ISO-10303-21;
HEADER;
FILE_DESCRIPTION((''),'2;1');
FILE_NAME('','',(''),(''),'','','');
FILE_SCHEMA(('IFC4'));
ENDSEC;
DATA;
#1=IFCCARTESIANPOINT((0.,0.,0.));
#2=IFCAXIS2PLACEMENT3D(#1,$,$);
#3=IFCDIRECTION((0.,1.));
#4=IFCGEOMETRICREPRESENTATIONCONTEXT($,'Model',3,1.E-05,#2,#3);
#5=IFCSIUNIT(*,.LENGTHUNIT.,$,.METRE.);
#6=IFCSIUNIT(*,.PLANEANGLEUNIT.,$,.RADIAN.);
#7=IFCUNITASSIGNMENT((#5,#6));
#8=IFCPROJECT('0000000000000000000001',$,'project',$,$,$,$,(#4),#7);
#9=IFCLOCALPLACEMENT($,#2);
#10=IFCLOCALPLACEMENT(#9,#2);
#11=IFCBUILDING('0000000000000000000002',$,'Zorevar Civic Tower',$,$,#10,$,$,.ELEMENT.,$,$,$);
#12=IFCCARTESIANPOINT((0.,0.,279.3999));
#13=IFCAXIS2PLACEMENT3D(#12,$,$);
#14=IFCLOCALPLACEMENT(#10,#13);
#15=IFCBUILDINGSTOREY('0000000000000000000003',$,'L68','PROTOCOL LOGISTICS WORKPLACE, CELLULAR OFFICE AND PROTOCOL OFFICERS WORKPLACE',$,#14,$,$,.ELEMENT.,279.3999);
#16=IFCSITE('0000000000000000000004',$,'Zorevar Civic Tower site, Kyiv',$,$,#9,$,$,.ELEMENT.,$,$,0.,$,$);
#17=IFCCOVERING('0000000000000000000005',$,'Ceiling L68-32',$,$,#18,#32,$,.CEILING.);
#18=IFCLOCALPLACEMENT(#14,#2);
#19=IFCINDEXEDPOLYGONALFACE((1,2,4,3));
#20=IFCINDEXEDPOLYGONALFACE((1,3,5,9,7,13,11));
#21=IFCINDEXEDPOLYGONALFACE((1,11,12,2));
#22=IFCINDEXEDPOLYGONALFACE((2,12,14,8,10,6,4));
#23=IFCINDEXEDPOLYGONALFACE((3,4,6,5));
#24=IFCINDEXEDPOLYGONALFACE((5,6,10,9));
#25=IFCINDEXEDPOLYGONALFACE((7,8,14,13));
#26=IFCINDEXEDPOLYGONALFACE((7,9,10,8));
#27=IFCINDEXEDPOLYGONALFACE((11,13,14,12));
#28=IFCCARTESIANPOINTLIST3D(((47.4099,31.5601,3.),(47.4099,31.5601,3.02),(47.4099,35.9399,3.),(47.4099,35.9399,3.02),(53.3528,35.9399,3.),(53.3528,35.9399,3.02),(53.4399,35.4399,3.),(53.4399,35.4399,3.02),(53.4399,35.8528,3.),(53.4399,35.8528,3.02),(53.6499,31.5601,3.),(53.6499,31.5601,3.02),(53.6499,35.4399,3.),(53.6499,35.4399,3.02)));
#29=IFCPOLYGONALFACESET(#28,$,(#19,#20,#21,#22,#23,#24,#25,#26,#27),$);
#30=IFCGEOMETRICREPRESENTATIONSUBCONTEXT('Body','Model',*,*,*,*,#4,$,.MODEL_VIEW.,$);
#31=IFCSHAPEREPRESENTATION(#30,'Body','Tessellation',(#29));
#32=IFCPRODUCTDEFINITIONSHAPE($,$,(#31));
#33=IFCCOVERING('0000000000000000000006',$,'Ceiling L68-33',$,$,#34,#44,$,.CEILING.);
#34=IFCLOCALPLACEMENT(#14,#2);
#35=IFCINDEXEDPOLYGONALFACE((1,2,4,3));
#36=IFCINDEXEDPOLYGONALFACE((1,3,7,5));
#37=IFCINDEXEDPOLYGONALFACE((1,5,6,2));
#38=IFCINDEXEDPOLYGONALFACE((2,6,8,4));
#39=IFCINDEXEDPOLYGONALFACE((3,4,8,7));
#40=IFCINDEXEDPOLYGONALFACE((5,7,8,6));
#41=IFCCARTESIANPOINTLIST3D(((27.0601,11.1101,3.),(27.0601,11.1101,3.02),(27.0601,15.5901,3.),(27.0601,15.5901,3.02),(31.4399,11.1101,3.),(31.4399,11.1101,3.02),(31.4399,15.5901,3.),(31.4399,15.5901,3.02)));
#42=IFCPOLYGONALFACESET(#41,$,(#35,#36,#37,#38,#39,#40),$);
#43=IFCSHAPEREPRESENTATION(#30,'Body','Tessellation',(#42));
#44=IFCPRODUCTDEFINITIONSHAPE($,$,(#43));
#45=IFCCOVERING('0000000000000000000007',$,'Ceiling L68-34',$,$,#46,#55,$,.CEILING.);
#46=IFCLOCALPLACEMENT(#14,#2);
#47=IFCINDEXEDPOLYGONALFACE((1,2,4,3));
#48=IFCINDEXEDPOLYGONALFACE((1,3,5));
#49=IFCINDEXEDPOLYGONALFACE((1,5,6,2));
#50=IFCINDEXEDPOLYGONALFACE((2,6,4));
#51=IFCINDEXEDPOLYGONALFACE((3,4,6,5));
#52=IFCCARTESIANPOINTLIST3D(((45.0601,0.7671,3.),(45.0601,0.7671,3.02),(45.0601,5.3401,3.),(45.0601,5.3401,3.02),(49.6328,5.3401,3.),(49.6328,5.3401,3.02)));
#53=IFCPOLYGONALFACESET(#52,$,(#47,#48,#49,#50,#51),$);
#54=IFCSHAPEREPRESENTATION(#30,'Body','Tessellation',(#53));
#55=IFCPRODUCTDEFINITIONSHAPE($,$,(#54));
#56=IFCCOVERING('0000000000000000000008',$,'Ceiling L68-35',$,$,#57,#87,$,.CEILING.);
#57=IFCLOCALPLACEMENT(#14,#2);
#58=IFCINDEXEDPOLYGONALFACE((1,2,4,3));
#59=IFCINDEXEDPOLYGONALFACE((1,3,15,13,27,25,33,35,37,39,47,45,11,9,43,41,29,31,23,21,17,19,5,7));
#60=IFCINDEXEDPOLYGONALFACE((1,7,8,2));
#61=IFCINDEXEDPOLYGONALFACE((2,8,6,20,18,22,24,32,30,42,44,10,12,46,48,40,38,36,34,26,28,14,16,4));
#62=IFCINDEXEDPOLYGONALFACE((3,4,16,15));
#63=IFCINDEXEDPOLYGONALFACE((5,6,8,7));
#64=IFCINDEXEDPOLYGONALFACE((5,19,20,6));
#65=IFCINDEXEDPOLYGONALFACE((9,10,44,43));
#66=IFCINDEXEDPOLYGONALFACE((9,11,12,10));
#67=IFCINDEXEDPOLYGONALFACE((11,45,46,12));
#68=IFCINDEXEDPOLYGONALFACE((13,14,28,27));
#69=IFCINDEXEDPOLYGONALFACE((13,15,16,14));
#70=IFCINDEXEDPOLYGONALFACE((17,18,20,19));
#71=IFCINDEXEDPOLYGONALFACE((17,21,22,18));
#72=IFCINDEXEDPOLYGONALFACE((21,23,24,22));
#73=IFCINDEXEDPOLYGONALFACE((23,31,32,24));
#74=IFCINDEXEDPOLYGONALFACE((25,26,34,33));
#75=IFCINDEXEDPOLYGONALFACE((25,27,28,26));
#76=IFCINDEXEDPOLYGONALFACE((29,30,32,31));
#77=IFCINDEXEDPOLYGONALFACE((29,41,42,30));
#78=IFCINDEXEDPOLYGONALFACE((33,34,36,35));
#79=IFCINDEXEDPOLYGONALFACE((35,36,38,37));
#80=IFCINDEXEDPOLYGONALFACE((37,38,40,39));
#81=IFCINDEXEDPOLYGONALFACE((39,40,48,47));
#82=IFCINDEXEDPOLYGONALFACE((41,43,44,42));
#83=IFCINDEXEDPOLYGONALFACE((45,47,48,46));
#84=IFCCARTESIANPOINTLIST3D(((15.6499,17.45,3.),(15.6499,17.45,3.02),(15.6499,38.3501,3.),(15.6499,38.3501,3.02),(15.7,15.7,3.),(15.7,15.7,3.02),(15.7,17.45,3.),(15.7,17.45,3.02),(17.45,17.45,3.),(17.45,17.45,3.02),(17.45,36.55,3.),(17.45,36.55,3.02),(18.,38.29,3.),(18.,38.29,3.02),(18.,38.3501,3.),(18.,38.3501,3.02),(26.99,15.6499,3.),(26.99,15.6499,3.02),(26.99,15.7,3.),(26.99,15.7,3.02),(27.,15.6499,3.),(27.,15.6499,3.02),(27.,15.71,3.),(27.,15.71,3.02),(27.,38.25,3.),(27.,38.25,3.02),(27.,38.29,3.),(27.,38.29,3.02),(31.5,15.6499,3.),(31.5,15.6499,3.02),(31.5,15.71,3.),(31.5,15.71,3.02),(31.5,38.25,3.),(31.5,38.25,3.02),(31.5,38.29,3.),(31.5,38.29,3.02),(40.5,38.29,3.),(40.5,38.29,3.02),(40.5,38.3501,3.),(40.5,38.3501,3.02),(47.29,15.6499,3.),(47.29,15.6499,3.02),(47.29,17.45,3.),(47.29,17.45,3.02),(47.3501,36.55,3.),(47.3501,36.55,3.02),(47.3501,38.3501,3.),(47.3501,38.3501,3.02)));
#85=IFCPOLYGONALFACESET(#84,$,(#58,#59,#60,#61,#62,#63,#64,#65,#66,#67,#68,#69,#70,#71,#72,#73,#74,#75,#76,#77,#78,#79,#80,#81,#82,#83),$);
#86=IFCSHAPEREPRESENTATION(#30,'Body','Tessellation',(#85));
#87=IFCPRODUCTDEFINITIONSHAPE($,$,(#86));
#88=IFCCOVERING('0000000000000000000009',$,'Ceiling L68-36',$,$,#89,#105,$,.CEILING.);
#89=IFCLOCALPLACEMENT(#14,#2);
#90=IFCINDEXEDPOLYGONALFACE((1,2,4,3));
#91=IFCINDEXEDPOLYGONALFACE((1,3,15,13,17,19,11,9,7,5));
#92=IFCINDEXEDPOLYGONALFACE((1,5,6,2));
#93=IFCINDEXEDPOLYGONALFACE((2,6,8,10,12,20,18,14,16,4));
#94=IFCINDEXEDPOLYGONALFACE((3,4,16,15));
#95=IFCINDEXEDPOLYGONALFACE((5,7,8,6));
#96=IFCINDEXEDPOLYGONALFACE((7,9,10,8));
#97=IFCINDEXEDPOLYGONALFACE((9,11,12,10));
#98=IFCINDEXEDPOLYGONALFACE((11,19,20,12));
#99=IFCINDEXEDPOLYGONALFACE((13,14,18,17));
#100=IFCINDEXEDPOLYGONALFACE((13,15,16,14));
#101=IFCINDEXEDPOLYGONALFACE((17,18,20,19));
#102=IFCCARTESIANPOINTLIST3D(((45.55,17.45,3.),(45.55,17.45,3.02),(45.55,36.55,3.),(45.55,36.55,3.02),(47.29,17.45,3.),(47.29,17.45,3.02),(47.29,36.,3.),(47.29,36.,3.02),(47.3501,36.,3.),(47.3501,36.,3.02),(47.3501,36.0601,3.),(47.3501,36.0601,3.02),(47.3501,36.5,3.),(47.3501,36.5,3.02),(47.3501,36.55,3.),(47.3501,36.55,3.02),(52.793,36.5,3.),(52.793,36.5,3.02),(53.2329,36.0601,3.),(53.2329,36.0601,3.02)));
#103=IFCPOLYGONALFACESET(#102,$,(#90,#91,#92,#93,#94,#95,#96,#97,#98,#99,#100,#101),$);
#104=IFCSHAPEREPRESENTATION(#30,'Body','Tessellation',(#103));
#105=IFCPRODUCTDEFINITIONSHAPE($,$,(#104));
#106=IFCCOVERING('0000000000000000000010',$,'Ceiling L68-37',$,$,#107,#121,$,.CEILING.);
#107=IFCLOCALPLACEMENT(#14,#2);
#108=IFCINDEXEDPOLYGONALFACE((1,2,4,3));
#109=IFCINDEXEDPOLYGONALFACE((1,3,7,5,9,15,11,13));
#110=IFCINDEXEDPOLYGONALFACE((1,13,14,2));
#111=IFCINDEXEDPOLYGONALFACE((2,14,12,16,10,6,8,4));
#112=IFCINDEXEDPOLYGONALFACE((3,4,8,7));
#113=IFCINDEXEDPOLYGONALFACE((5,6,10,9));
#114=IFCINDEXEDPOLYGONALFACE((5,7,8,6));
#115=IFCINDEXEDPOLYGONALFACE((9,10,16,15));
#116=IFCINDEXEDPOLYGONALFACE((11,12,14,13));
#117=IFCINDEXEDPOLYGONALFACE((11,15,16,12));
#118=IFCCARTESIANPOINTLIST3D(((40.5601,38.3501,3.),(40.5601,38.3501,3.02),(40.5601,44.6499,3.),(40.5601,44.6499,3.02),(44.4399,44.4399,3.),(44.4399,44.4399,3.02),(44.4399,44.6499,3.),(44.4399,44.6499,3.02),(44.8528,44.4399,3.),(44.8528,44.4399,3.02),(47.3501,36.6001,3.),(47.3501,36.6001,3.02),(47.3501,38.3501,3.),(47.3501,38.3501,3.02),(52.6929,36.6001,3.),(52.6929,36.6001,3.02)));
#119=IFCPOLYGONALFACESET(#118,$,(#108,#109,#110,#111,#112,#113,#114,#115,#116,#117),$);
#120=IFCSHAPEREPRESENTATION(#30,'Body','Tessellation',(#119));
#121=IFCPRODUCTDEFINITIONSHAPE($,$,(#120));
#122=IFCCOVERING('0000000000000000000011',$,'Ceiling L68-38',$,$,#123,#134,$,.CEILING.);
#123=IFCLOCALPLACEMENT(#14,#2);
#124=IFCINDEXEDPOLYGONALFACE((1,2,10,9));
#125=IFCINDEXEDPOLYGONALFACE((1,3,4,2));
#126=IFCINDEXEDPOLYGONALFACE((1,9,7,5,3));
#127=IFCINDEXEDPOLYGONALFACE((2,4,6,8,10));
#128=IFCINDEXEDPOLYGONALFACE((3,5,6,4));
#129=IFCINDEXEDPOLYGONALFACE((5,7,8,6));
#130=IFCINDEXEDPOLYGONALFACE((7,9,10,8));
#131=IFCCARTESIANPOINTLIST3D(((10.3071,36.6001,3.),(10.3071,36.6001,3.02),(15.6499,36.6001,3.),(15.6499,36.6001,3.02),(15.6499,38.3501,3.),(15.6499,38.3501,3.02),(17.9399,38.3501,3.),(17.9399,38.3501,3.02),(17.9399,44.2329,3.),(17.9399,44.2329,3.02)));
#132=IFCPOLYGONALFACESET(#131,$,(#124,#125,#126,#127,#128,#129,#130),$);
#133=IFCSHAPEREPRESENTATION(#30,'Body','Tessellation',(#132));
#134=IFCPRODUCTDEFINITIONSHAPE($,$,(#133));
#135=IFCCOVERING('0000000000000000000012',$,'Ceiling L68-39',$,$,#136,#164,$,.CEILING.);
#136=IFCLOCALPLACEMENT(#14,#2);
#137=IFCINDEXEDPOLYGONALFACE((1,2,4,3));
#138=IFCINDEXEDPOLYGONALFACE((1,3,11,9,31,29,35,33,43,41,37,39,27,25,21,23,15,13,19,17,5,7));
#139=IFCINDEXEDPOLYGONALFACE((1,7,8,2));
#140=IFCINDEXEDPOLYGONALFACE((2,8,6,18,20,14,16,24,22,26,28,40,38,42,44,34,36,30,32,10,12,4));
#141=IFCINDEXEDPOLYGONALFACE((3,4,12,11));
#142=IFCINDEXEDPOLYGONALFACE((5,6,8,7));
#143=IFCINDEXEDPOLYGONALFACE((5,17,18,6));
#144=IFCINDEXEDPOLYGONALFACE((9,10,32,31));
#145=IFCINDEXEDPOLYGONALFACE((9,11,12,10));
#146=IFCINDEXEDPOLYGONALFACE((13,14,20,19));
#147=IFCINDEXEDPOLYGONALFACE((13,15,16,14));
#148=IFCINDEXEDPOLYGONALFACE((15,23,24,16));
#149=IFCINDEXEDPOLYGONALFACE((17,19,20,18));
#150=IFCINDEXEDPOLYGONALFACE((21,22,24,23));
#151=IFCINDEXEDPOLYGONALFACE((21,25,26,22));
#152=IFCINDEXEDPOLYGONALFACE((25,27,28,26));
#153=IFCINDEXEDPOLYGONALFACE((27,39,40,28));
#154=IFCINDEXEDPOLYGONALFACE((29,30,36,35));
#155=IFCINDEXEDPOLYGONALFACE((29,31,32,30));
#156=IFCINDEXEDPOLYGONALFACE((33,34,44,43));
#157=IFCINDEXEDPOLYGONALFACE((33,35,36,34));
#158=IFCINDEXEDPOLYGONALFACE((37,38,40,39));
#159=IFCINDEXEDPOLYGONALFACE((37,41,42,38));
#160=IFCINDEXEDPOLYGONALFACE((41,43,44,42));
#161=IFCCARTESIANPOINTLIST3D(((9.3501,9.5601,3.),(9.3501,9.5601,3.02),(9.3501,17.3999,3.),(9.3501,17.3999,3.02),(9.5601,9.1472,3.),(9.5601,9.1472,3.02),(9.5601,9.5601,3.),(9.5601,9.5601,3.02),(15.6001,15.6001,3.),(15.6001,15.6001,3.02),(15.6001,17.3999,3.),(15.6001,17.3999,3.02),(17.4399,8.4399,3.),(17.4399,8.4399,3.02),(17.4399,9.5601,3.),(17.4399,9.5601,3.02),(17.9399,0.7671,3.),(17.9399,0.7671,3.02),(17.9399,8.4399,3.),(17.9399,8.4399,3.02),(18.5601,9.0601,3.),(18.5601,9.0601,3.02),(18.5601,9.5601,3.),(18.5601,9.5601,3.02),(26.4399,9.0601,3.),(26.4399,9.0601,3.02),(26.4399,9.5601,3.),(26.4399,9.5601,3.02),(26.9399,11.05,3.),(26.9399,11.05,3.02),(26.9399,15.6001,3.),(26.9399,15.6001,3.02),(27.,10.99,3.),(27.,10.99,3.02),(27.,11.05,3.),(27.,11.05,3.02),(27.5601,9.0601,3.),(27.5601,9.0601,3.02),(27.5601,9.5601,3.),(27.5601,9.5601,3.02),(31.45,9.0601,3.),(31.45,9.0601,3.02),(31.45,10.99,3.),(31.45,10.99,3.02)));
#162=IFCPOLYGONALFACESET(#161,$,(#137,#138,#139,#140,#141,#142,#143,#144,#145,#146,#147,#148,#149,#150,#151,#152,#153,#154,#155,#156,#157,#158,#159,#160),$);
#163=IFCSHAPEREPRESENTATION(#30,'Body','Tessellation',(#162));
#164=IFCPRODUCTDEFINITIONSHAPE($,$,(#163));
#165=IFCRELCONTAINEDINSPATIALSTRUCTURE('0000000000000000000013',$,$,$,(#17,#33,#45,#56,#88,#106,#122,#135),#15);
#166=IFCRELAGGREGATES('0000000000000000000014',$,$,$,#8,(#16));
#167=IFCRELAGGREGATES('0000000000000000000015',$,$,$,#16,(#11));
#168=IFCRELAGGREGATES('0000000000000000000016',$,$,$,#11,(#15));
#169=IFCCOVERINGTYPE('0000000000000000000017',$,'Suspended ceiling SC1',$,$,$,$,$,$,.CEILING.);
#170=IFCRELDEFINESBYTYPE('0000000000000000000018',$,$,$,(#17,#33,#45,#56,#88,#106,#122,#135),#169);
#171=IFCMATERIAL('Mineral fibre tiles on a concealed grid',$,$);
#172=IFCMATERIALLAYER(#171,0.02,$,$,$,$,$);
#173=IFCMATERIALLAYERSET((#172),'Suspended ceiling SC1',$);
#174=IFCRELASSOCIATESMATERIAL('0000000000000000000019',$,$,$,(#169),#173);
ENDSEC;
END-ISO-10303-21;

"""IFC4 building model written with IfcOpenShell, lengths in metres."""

from ifc_helpers import new_model, si_unit, direction, frame, origin, place, context, subcontext, project, spatial, polyline, outline, extrude, material, layer, layer_set, type_object, element, save


model = new_model("IFC4")

# Units and contexts
model_context = context("Model", 3, precision=1e-05, world=origin(), true_north=direction((0.0, 1.0)))
body_context = subcontext(model_context, "Body", "Model", "MODEL_VIEW")
ifc_project = project(units=[si_unit("LENGTHUNIT", "METRE"), si_unit("PLANEANGLEUNIT", "RADIAN")], contexts=[model_context])

# Site, building, storey
site_placement = place(None, origin())
site = spatial("IfcSite", under=ifc_project, at=site_placement, Name="Zorevar Civic Tower site, Kyiv", CompositionType="ELEMENT", RefElevation=0.0)
building_placement = place(site_placement, origin())
building = spatial("IfcBuilding", under=site, at=building_placement, Name="Zorevar Civic Tower", CompositionType="ELEMENT")
storey_placement = place(building_placement, frame((0.0, 0.0, 279.3999)))
storey = spatial("IfcBuildingStorey", under=building, at=storey_placement, Name="L68", Description="PROTOCOL LOGISTICS WORKPLACE, CELLULAR OFFICE AND PROTOCOL OFFICERS WORKPLACE", CompositionType="ELEMENT", Elevation=279.3999)

# Coverings
ifc_material_1 = material(Name="Mineral fibre tiles on a concealed grid")
ifc_layer_1 = layer(ifc_material_1, 0.02)
ifc_layer_set_1 = layer_set([ifc_layer_1], Name="Suspended ceiling SC1")
covering_type_1 = type_object("IfcCoveringType", Name="Suspended ceiling SC1", PredefinedType="CEILING", material=ifc_layer_set_1)
covering_1_placement = place(storey_placement, frame((0.0, 0.0, 3.0)))
element("IfcCovering", 1, at=covering_1_placement, inside=storey, type_object=covering_type_1, Name="Ceiling L68-32", PredefinedType="CEILING", context=body_context, shape_type="SweptSolid", body=[
    extrude(outline(polyline([(53.3528, 35.9399), (53.4399, 35.8528), (53.4399, 35.4399), (53.6499, 35.4399), (53.6499, 31.5601), (47.4099, 31.5601), (47.4099, 35.9399), (53.3528, 35.9399)])), origin(), (0.0, 0.0, 1.0), 0.02),
])
covering_2_placement = place(storey_placement, frame((0.0, 0.0, 3.0)))
element("IfcCovering", 2, at=covering_2_placement, inside=storey, type_object=covering_type_1, Name="Ceiling L68-33", PredefinedType="CEILING", context=body_context, shape_type="SweptSolid", body=[
    extrude(outline(polyline([(31.4399, 15.5901), (31.4399, 11.1101), (27.0601, 11.1101), (27.0601, 15.5901), (31.4399, 15.5901)])), origin(), (0.0, 0.0, 1.0), 0.02),
])
covering_3_placement = place(storey_placement, frame((0.0, 0.0, 3.0)))
element("IfcCovering", 3, at=covering_3_placement, inside=storey, type_object=covering_type_1, Name="Ceiling L68-34", PredefinedType="CEILING", context=body_context, shape_type="SweptSolid", body=[
    extrude(outline(polyline([(45.0601, 5.3401), (49.6328, 5.3401), (45.0601, 0.7671), (45.0601, 5.3401)])), origin(), (0.0, 0.0, 1.0), 0.02),
])
covering_4_placement = place(storey_placement, frame((0.0, 0.0, 3.0)))
element("IfcCovering", 4, at=covering_4_placement, inside=storey, type_object=covering_type_1, Name="Ceiling L68-35", PredefinedType="CEILING", context=body_context, shape_type="SweptSolid", body=[
    extrude(outline(polyline([(47.29, 15.6499), (31.5, 15.6499), (31.5, 15.71), (27.0, 15.71), (27.0, 15.6499), (26.99, 15.6499), (26.99, 15.7), (15.7, 15.7), (15.7, 17.45), (15.6499, 17.45), (15.6499, 38.3501), (18.0, 38.3501), (18.0, 38.29), (27.0, 38.29), (27.0, 38.25), (31.5, 38.25), (31.5, 38.29), (40.5, 38.29), (40.5, 38.3501), (47.3501, 38.3501), (47.3501, 36.55), (17.45, 36.55), (17.45, 17.45), (47.29, 17.45), (47.29, 15.6499)])), origin(), (0.0, 0.0, 1.0), 0.02),
])
covering_5_placement = place(storey_placement, frame((0.0, 0.0, 3.0)))
element("IfcCovering", 5, at=covering_5_placement, inside=storey, type_object=covering_type_1, Name="Ceiling L68-36", PredefinedType="CEILING", context=body_context, shape_type="SweptSolid", body=[
    extrude(outline(polyline([(47.3501, 36.0), (47.29, 36.0), (47.29, 17.45), (45.55, 17.45), (45.55, 36.55), (47.3501, 36.55), (47.3501, 36.5), (52.793, 36.5), (53.2329, 36.0601), (47.3501, 36.0601), (47.3501, 36.0)])), origin(), (0.0, 0.0, 1.0), 0.02),
])
covering_6_placement = place(storey_placement, frame((0.0, 0.0, 3.0)))
element("IfcCovering", 6, at=covering_6_placement, inside=storey, type_object=covering_type_1, Name="Ceiling L68-37", PredefinedType="CEILING", context=body_context, shape_type="SweptSolid", body=[
    extrude(outline(polyline([(44.4399, 44.6499), (44.4399, 44.4399), (44.8528, 44.4399), (52.6929, 36.6001), (47.3501, 36.6001), (47.3501, 38.3501), (40.5601, 38.3501), (40.5601, 44.6499), (44.4399, 44.6499)])), origin(), (0.0, 0.0, 1.0), 0.02),
])
covering_7_placement = place(storey_placement, frame((0.0, 0.0, 3.0)))
element("IfcCovering", 7, at=covering_7_placement, inside=storey, type_object=covering_type_1, Name="Ceiling L68-38", PredefinedType="CEILING", context=body_context, shape_type="SweptSolid", body=[
    extrude(outline(polyline([(17.9399, 38.3501), (15.6499, 38.3501), (15.6499, 36.6001), (10.3071, 36.6001), (17.9399, 44.2329), (17.9399, 38.3501)])), origin(), (0.0, 0.0, 1.0), 0.02),
])
covering_8_placement = place(storey_placement, frame((0.0, 0.0, 3.0)))
element("IfcCovering", 8, at=covering_8_placement, inside=storey, type_object=covering_type_1, Name="Ceiling L68-39", PredefinedType="CEILING", context=body_context, shape_type="SweptSolid", body=[
    extrude(outline(polyline([(9.5601, 9.5601), (9.3501, 9.5601), (9.3501, 17.3999), (15.6001, 17.3999), (15.6001, 15.6001), (26.9399, 15.6001), (26.9399, 11.05), (27.0, 11.05), (27.0, 10.99), (31.45, 10.99), (31.45, 9.0601), (27.5601, 9.0601), (27.5601, 9.5601), (26.4399, 9.5601), (26.4399, 9.0601), (18.5601, 9.0601), (18.5601, 9.5601), (17.4399, 9.5601), (17.4399, 8.4399), (17.9399, 8.4399), (17.9399, 0.7671), (9.5601, 9.1472), (9.5601, 9.5601)])), origin(), (0.0, 0.0, 1.0), 0.02),
])

save(model, "model.ifc")
